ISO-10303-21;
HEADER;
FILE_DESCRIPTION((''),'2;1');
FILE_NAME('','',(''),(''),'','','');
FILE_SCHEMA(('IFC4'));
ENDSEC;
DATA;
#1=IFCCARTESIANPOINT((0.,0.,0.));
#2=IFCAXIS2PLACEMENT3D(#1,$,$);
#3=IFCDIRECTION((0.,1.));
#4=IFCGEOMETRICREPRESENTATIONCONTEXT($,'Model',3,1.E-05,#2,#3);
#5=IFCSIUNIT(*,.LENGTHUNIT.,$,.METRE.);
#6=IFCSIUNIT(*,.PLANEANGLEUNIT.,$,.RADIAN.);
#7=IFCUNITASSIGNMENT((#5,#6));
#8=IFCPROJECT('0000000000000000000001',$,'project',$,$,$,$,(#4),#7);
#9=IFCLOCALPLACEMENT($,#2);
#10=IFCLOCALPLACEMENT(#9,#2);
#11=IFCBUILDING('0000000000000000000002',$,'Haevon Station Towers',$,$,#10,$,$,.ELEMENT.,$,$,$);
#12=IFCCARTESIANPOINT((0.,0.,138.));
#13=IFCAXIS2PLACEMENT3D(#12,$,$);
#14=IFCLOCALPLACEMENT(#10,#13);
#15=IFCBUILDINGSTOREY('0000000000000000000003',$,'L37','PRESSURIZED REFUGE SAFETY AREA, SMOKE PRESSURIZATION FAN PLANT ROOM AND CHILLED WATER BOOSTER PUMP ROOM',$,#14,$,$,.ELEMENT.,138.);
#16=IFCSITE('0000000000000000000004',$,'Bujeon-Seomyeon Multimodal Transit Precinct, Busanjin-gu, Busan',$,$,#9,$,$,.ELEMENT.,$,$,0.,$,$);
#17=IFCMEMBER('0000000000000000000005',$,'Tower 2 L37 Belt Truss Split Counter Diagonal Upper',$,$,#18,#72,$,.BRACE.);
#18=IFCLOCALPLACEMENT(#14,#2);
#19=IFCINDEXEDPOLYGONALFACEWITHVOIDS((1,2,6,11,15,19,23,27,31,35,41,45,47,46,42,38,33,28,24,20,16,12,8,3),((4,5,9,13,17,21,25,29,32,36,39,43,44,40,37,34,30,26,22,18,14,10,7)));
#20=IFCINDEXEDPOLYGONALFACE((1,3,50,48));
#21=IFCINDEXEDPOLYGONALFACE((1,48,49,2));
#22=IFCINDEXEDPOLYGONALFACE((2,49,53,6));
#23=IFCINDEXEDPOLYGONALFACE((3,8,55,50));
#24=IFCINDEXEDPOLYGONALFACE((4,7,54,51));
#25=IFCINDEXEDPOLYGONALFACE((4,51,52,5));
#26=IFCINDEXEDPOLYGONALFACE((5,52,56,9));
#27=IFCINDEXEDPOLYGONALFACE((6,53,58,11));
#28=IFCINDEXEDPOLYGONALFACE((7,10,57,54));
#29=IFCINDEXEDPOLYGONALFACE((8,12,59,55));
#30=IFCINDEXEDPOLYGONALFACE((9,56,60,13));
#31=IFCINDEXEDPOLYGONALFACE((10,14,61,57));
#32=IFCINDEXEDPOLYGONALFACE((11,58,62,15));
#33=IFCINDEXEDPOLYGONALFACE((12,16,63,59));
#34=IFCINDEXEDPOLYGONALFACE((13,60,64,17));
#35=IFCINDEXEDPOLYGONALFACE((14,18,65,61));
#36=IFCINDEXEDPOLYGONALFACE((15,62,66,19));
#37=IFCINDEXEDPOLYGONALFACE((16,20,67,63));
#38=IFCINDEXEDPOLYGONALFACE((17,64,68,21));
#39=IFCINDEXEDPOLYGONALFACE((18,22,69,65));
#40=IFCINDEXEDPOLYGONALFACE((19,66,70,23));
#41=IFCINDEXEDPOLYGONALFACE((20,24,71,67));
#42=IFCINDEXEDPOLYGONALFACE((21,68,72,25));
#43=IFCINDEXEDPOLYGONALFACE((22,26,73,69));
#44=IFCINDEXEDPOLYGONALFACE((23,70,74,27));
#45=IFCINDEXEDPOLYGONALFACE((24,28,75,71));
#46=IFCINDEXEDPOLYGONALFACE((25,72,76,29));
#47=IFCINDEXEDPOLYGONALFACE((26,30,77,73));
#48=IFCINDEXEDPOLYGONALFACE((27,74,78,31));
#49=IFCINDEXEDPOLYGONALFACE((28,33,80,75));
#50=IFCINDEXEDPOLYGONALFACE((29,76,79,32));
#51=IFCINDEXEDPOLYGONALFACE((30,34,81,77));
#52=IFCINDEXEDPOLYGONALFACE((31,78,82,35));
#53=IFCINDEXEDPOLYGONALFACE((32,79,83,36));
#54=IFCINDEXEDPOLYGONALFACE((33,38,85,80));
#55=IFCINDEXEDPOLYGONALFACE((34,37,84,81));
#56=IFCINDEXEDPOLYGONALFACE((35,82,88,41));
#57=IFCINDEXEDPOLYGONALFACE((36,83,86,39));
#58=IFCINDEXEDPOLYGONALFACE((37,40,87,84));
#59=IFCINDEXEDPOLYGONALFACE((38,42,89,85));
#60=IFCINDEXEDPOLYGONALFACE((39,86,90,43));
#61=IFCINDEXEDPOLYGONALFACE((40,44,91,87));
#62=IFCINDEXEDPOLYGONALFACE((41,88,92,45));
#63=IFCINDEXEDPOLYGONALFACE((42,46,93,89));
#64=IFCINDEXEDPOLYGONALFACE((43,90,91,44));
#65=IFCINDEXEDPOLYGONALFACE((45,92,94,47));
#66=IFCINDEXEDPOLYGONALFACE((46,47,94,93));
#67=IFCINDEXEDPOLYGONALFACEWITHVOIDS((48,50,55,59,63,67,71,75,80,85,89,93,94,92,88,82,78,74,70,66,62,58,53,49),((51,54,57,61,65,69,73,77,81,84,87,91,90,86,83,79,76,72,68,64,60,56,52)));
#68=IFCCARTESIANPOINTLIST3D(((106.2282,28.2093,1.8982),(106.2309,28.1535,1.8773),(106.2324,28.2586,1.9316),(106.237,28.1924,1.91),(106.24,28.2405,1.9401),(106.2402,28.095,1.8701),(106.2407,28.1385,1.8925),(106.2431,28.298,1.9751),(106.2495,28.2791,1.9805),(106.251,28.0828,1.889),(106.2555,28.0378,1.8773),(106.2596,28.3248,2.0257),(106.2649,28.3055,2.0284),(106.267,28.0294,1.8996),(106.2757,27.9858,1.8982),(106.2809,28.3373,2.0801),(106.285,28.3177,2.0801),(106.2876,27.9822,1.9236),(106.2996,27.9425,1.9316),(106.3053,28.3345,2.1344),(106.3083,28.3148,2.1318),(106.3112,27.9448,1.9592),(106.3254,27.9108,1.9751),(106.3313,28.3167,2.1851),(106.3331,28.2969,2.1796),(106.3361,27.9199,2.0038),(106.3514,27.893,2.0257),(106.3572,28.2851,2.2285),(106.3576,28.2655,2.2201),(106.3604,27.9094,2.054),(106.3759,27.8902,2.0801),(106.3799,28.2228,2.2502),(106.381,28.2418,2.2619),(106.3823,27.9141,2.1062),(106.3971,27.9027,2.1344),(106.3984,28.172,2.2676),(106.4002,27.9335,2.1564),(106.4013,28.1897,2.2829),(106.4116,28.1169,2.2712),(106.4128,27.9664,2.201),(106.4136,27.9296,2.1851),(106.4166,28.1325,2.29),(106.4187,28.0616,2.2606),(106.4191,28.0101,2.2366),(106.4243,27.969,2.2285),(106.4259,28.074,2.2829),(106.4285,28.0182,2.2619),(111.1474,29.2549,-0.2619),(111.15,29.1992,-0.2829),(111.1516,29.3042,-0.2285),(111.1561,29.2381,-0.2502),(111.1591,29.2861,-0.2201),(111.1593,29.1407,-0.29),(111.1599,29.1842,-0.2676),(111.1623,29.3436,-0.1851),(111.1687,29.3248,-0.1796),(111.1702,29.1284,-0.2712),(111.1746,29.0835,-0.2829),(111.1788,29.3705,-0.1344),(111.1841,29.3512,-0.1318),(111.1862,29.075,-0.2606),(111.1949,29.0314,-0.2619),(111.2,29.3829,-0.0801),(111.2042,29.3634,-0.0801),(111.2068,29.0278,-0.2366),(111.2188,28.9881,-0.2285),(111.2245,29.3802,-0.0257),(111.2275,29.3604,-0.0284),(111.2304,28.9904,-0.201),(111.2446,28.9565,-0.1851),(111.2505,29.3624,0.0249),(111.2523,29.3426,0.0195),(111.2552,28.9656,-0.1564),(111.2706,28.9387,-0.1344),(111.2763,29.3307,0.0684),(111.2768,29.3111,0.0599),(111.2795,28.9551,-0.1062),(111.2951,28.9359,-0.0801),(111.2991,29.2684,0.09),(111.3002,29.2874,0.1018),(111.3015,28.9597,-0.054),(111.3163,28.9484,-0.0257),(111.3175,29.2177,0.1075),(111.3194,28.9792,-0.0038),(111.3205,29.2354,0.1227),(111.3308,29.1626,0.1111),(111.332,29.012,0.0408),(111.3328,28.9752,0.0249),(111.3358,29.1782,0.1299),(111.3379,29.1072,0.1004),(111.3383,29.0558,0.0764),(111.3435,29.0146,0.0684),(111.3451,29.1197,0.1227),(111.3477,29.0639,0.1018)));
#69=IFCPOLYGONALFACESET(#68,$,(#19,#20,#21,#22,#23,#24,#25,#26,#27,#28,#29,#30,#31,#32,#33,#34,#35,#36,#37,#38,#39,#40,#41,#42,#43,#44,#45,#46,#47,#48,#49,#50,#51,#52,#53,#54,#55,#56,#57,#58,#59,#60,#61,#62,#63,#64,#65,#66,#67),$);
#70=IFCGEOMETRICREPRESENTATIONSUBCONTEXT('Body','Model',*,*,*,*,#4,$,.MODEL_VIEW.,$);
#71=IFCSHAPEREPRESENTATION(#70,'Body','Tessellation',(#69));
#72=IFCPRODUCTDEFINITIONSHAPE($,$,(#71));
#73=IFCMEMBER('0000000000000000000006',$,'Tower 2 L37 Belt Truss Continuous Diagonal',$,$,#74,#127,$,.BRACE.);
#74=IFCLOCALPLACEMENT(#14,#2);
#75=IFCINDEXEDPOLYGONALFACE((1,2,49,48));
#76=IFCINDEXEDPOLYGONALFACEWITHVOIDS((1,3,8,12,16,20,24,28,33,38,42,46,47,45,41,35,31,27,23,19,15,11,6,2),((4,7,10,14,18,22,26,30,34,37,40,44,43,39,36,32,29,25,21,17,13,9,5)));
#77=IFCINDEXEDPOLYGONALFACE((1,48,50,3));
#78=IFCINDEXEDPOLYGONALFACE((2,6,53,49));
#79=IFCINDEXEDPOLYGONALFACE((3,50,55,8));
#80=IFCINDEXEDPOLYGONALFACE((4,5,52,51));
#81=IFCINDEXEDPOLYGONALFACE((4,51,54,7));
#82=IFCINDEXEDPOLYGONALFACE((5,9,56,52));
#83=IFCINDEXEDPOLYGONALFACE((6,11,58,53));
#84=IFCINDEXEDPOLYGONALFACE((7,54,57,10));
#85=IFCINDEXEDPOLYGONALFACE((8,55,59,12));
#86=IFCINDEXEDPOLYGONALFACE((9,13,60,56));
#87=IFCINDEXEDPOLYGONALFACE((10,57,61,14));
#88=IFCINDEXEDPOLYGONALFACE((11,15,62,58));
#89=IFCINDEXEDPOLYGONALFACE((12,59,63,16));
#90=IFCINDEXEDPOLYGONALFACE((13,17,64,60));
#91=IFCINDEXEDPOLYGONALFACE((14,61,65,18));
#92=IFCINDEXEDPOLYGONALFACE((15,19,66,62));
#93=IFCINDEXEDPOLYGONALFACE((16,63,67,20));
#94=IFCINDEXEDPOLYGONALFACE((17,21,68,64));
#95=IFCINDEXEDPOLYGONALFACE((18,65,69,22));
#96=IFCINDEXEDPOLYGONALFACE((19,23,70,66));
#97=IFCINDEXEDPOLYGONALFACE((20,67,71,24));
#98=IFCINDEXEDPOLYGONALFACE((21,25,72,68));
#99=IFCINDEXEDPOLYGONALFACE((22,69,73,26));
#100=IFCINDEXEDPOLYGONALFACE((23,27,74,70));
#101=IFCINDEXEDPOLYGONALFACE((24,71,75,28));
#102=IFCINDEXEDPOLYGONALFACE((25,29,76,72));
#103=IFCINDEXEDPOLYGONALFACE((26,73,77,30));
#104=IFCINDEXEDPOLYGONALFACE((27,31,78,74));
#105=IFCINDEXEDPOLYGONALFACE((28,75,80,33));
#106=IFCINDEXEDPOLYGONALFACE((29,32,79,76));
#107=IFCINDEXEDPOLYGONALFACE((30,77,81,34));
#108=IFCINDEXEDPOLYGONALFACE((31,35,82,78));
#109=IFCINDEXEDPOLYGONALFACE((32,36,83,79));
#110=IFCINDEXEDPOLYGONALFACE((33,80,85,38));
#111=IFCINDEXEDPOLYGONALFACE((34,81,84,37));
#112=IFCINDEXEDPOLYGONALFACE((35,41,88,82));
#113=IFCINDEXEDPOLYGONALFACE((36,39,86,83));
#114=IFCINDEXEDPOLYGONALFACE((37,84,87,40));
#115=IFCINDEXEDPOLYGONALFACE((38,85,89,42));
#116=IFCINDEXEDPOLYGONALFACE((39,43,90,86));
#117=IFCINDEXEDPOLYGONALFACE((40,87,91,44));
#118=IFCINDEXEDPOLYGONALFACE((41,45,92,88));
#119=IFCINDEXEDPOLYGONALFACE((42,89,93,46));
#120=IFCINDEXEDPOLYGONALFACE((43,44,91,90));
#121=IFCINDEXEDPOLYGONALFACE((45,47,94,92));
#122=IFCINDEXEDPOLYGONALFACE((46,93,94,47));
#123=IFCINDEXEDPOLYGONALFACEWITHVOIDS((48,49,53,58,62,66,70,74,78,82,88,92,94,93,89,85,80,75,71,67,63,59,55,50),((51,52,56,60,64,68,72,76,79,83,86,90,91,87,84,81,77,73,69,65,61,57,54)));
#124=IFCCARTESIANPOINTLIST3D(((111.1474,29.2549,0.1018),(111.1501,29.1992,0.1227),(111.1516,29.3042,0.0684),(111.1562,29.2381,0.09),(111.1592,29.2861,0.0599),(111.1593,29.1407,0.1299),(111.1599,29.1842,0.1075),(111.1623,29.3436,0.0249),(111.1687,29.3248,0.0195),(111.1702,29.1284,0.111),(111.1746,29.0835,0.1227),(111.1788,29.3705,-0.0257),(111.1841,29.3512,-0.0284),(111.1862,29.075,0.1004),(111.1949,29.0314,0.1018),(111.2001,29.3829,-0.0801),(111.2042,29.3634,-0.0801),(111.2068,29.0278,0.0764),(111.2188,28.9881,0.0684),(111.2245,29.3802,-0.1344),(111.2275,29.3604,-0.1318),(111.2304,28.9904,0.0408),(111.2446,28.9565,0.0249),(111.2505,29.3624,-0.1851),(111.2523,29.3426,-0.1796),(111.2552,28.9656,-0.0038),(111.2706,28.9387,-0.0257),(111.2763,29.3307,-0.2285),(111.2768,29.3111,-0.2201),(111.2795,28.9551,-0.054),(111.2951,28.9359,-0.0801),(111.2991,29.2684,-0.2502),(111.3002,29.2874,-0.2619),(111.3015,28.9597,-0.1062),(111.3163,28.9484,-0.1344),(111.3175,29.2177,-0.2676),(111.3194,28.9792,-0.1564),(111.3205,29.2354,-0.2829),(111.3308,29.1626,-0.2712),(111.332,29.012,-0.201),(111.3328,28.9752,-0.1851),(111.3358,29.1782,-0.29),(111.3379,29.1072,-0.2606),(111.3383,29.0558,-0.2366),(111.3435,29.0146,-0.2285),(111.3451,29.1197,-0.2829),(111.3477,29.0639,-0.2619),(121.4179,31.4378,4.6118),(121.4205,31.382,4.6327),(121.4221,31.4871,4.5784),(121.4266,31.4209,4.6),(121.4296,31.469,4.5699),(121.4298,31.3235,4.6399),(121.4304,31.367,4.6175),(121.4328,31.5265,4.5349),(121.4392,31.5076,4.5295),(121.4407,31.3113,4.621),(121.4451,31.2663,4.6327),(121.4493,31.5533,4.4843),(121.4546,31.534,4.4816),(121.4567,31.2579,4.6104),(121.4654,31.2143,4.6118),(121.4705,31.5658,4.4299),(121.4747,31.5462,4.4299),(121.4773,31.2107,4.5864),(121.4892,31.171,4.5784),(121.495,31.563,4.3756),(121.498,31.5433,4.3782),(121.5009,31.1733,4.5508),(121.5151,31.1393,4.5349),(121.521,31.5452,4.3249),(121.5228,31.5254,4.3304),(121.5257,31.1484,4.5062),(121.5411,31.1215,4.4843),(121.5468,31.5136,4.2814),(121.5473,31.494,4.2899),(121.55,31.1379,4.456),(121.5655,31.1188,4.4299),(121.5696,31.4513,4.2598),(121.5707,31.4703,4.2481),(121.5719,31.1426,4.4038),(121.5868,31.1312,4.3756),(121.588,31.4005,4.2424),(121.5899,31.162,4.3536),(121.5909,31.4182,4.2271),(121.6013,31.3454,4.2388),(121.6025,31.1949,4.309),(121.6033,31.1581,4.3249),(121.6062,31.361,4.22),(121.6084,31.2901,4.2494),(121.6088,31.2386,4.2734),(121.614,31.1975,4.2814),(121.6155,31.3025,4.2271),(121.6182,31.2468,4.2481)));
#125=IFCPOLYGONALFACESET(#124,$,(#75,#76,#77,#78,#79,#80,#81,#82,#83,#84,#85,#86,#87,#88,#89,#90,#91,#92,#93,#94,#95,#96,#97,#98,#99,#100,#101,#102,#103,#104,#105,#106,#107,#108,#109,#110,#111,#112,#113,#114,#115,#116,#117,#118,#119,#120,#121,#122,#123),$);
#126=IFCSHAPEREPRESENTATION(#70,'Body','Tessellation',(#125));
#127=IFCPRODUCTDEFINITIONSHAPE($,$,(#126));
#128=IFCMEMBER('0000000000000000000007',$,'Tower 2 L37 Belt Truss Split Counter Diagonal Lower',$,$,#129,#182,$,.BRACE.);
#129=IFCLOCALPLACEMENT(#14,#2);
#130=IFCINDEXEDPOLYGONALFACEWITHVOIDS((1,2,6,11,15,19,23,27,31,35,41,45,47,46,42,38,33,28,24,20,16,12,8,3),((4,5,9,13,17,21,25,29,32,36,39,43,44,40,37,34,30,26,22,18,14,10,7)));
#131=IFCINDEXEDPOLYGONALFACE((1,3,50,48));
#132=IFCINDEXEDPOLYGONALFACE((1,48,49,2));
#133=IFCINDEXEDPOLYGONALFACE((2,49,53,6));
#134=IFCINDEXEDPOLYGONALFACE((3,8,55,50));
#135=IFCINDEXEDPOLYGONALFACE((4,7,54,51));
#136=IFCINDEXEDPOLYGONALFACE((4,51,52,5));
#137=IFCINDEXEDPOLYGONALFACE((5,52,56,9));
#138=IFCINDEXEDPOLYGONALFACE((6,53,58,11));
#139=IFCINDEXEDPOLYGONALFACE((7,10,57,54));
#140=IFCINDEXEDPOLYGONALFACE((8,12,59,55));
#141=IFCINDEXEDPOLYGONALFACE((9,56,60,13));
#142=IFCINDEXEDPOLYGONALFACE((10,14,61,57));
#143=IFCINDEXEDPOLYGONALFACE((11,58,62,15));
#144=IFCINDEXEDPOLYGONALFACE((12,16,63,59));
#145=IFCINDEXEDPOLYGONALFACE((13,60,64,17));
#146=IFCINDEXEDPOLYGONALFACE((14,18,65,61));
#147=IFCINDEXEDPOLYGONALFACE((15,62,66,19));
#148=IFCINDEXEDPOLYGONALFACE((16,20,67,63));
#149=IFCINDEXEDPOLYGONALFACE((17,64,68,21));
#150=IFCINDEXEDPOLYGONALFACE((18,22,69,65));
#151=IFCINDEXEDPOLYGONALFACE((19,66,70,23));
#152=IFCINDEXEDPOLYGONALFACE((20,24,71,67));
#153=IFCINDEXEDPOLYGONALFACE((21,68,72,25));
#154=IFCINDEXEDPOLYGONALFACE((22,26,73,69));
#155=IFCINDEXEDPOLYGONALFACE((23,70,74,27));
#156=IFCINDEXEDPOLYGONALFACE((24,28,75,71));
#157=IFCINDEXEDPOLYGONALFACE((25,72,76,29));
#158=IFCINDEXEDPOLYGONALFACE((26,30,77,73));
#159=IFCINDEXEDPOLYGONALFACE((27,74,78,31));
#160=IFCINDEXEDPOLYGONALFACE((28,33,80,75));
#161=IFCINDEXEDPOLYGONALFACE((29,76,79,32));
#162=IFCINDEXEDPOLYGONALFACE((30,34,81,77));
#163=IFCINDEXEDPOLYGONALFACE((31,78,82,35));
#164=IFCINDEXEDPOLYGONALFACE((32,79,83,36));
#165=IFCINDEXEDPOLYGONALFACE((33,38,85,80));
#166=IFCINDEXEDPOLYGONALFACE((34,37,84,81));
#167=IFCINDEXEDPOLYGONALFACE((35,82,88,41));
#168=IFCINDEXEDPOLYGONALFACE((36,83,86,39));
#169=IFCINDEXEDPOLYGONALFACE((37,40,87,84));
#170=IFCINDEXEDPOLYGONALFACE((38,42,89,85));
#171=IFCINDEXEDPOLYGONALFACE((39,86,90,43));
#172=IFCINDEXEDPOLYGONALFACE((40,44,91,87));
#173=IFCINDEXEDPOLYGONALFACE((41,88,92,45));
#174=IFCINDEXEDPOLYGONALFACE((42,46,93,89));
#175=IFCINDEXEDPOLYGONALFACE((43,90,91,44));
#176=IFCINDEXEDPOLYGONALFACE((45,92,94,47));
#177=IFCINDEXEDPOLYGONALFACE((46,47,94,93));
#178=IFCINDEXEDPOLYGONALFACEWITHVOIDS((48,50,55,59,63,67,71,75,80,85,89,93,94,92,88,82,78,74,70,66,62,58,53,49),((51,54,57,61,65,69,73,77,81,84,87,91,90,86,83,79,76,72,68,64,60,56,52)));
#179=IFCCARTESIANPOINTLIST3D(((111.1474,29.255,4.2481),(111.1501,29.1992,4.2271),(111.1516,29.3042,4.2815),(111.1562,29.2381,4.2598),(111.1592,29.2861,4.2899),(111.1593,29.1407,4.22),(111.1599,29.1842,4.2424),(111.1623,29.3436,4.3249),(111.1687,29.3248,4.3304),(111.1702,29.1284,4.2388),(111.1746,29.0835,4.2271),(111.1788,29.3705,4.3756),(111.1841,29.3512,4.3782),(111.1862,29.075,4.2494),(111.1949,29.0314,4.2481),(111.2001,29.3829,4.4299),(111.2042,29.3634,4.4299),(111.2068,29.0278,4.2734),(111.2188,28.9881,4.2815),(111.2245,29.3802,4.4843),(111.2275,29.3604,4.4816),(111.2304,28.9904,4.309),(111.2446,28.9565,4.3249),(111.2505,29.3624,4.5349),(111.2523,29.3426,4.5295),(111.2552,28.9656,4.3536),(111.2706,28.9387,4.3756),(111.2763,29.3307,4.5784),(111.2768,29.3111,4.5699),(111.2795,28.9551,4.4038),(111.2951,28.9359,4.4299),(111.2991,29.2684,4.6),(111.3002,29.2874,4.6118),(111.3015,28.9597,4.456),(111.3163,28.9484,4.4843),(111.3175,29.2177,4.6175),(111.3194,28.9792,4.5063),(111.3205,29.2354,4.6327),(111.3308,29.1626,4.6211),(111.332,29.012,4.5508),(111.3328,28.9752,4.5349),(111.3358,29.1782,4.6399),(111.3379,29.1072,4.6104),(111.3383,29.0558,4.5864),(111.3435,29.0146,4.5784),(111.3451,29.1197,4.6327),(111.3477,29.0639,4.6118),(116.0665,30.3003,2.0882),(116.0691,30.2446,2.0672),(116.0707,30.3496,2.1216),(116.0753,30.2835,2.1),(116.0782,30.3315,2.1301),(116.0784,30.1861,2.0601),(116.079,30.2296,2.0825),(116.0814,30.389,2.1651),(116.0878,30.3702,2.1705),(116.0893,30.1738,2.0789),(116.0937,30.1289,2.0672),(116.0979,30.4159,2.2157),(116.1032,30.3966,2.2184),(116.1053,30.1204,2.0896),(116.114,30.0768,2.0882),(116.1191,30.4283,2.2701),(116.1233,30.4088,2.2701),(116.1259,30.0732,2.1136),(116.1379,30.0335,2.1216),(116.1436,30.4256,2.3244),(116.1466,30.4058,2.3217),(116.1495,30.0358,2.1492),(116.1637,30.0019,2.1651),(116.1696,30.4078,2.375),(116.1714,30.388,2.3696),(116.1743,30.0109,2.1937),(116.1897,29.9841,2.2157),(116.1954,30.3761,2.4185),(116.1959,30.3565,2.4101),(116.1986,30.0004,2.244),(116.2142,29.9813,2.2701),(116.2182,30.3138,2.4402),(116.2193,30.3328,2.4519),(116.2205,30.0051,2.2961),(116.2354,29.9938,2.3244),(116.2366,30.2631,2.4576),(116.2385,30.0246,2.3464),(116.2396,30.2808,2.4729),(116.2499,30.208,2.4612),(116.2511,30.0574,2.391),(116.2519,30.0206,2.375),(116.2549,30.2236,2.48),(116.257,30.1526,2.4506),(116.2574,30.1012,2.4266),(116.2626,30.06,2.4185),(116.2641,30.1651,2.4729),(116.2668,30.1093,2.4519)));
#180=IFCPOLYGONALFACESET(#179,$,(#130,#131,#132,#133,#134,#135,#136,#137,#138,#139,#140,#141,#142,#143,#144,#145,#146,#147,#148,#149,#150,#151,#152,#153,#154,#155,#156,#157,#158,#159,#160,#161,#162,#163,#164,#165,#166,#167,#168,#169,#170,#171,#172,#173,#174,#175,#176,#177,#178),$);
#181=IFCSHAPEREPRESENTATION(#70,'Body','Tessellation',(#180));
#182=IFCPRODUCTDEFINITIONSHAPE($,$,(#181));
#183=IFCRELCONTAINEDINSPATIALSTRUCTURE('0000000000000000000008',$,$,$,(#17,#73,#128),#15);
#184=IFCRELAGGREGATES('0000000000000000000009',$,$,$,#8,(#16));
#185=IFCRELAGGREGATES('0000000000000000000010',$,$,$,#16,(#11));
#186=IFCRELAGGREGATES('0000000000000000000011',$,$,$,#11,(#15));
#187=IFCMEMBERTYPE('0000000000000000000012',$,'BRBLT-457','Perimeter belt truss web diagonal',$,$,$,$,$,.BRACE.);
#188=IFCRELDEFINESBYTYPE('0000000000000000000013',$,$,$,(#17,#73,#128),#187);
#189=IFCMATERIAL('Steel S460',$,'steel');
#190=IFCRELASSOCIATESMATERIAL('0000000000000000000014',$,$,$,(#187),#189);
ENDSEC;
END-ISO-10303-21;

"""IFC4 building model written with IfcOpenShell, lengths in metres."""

from ifc_helpers import new_model, si_unit, direction, frame, origin, origin_2d, place, context, subcontext, project, spatial, hollow_circle, extrude, material, material_profile, profile_set, type_object, element, save


model = new_model("IFC4")

# Units and contexts
model_context = context("Model", 3, precision=1e-05, world=origin(), true_north=direction((0.0, 1.0)))
body_context = subcontext(model_context, "Body", "Model", "MODEL_VIEW")
ifc_project = project(units=[si_unit("LENGTHUNIT", "METRE"), si_unit("PLANEANGLEUNIT", "RADIAN")], contexts=[model_context])

# Site, building, storey
site_placement = place(None, origin())
site = spatial("IfcSite", under=ifc_project, at=site_placement, Name="Bujeon-Seomyeon Multimodal Transit Precinct, Busanjin-gu, Busan", CompositionType="ELEMENT", RefElevation=0.0)
building_placement = place(site_placement, origin())
building = spatial("IfcBuilding", under=site, at=building_placement, Name="Haevon Station Towers", CompositionType="ELEMENT")
storey_placement = place(building_placement, frame((0.0, 0.0, 138.0)))
storey = spatial("IfcBuildingStorey", under=building, at=storey_placement, Name="L37", Description="PRESSURIZED REFUGE SAFETY AREA, SMOKE PRESSURIZATION FAN PLANT ROOM AND CHILLED WATER BOOSTER PUMP ROOM", CompositionType="ELEMENT", Elevation=138.0)

# Shared definitions
ifc_material_1 = material(Name="Steel S460", Category="steel")

# Members
ifc_material_profile_1 = material_profile(ifc_material_1, hollow_circle(Radius=0.2285, WallThickness=0.02, at=origin_2d()), Name="CHS-457x20")
ifc_profile_set_1 = profile_set([ifc_material_profile_1], Name="Steel S460")
member_type_1 = type_object("IfcMemberType", Name="BRBLT-457", Description="Perimeter belt truss web diagonal", PredefinedType="BRACE", material=ifc_profile_set_1)
member_1_placement = place(storey_placement, frame((106.3284, 28.1138, 2.0801), z_axis=(0.898745, 0.191043, -0.394665), x_axis=(-0.207921, 0.978146, 0.0)))
element("IfcMember", 1, at=member_1_placement, inside=storey, type_object=member_type_1, Name="Tower 2 L37 Belt Truss Split Counter Diagonal Upper", PredefinedType="BRACE", context=body_context, shape_type="SweptSolid", body=[
    extrude(hollow_circle(Radius=0.2285, WallThickness=0.02, at=origin_2d()), origin(), (0.0, 0.0, 1.0), 5.4734),
])
member_2_placement = place(storey_placement, frame((111.2476, 29.1594, -0.0801), z_axis=(0.898751, 0.191018, 0.394662), x_axis=(-0.207893, 0.978152, 0.0)))
element("IfcMember", 2, at=member_2_placement, inside=storey, type_object=member_type_1, Name="Tower 2 L37 Belt Truss Continuous Diagonal", PredefinedType="BRACE", context=body_context, shape_type="SweptSolid", body=[
    extrude(hollow_circle(Radius=0.2285, WallThickness=0.02, at=origin_2d()), origin(), (0.0, 0.0, 1.0), 11.4275),
])
member_3_placement = place(storey_placement, frame((111.2476, 29.1594, 4.4299), z_axis=(0.898768, 0.191003, -0.39463), x_axis=(-0.207874, 0.978156, 0.0)))
element("IfcMember", 3, at=member_3_placement, inside=storey, type_object=member_type_1, Name="Tower 2 L37 Belt Truss Split Counter Diagonal Lower", PredefinedType="BRACE", context=body_context, shape_type="SweptSolid", body=[
    extrude(hollow_circle(Radius=0.2285, WallThickness=0.02, at=origin_2d()), origin(), (0.0, 0.0, 1.0), 5.4731),
])

save(model, "model.ifc")
